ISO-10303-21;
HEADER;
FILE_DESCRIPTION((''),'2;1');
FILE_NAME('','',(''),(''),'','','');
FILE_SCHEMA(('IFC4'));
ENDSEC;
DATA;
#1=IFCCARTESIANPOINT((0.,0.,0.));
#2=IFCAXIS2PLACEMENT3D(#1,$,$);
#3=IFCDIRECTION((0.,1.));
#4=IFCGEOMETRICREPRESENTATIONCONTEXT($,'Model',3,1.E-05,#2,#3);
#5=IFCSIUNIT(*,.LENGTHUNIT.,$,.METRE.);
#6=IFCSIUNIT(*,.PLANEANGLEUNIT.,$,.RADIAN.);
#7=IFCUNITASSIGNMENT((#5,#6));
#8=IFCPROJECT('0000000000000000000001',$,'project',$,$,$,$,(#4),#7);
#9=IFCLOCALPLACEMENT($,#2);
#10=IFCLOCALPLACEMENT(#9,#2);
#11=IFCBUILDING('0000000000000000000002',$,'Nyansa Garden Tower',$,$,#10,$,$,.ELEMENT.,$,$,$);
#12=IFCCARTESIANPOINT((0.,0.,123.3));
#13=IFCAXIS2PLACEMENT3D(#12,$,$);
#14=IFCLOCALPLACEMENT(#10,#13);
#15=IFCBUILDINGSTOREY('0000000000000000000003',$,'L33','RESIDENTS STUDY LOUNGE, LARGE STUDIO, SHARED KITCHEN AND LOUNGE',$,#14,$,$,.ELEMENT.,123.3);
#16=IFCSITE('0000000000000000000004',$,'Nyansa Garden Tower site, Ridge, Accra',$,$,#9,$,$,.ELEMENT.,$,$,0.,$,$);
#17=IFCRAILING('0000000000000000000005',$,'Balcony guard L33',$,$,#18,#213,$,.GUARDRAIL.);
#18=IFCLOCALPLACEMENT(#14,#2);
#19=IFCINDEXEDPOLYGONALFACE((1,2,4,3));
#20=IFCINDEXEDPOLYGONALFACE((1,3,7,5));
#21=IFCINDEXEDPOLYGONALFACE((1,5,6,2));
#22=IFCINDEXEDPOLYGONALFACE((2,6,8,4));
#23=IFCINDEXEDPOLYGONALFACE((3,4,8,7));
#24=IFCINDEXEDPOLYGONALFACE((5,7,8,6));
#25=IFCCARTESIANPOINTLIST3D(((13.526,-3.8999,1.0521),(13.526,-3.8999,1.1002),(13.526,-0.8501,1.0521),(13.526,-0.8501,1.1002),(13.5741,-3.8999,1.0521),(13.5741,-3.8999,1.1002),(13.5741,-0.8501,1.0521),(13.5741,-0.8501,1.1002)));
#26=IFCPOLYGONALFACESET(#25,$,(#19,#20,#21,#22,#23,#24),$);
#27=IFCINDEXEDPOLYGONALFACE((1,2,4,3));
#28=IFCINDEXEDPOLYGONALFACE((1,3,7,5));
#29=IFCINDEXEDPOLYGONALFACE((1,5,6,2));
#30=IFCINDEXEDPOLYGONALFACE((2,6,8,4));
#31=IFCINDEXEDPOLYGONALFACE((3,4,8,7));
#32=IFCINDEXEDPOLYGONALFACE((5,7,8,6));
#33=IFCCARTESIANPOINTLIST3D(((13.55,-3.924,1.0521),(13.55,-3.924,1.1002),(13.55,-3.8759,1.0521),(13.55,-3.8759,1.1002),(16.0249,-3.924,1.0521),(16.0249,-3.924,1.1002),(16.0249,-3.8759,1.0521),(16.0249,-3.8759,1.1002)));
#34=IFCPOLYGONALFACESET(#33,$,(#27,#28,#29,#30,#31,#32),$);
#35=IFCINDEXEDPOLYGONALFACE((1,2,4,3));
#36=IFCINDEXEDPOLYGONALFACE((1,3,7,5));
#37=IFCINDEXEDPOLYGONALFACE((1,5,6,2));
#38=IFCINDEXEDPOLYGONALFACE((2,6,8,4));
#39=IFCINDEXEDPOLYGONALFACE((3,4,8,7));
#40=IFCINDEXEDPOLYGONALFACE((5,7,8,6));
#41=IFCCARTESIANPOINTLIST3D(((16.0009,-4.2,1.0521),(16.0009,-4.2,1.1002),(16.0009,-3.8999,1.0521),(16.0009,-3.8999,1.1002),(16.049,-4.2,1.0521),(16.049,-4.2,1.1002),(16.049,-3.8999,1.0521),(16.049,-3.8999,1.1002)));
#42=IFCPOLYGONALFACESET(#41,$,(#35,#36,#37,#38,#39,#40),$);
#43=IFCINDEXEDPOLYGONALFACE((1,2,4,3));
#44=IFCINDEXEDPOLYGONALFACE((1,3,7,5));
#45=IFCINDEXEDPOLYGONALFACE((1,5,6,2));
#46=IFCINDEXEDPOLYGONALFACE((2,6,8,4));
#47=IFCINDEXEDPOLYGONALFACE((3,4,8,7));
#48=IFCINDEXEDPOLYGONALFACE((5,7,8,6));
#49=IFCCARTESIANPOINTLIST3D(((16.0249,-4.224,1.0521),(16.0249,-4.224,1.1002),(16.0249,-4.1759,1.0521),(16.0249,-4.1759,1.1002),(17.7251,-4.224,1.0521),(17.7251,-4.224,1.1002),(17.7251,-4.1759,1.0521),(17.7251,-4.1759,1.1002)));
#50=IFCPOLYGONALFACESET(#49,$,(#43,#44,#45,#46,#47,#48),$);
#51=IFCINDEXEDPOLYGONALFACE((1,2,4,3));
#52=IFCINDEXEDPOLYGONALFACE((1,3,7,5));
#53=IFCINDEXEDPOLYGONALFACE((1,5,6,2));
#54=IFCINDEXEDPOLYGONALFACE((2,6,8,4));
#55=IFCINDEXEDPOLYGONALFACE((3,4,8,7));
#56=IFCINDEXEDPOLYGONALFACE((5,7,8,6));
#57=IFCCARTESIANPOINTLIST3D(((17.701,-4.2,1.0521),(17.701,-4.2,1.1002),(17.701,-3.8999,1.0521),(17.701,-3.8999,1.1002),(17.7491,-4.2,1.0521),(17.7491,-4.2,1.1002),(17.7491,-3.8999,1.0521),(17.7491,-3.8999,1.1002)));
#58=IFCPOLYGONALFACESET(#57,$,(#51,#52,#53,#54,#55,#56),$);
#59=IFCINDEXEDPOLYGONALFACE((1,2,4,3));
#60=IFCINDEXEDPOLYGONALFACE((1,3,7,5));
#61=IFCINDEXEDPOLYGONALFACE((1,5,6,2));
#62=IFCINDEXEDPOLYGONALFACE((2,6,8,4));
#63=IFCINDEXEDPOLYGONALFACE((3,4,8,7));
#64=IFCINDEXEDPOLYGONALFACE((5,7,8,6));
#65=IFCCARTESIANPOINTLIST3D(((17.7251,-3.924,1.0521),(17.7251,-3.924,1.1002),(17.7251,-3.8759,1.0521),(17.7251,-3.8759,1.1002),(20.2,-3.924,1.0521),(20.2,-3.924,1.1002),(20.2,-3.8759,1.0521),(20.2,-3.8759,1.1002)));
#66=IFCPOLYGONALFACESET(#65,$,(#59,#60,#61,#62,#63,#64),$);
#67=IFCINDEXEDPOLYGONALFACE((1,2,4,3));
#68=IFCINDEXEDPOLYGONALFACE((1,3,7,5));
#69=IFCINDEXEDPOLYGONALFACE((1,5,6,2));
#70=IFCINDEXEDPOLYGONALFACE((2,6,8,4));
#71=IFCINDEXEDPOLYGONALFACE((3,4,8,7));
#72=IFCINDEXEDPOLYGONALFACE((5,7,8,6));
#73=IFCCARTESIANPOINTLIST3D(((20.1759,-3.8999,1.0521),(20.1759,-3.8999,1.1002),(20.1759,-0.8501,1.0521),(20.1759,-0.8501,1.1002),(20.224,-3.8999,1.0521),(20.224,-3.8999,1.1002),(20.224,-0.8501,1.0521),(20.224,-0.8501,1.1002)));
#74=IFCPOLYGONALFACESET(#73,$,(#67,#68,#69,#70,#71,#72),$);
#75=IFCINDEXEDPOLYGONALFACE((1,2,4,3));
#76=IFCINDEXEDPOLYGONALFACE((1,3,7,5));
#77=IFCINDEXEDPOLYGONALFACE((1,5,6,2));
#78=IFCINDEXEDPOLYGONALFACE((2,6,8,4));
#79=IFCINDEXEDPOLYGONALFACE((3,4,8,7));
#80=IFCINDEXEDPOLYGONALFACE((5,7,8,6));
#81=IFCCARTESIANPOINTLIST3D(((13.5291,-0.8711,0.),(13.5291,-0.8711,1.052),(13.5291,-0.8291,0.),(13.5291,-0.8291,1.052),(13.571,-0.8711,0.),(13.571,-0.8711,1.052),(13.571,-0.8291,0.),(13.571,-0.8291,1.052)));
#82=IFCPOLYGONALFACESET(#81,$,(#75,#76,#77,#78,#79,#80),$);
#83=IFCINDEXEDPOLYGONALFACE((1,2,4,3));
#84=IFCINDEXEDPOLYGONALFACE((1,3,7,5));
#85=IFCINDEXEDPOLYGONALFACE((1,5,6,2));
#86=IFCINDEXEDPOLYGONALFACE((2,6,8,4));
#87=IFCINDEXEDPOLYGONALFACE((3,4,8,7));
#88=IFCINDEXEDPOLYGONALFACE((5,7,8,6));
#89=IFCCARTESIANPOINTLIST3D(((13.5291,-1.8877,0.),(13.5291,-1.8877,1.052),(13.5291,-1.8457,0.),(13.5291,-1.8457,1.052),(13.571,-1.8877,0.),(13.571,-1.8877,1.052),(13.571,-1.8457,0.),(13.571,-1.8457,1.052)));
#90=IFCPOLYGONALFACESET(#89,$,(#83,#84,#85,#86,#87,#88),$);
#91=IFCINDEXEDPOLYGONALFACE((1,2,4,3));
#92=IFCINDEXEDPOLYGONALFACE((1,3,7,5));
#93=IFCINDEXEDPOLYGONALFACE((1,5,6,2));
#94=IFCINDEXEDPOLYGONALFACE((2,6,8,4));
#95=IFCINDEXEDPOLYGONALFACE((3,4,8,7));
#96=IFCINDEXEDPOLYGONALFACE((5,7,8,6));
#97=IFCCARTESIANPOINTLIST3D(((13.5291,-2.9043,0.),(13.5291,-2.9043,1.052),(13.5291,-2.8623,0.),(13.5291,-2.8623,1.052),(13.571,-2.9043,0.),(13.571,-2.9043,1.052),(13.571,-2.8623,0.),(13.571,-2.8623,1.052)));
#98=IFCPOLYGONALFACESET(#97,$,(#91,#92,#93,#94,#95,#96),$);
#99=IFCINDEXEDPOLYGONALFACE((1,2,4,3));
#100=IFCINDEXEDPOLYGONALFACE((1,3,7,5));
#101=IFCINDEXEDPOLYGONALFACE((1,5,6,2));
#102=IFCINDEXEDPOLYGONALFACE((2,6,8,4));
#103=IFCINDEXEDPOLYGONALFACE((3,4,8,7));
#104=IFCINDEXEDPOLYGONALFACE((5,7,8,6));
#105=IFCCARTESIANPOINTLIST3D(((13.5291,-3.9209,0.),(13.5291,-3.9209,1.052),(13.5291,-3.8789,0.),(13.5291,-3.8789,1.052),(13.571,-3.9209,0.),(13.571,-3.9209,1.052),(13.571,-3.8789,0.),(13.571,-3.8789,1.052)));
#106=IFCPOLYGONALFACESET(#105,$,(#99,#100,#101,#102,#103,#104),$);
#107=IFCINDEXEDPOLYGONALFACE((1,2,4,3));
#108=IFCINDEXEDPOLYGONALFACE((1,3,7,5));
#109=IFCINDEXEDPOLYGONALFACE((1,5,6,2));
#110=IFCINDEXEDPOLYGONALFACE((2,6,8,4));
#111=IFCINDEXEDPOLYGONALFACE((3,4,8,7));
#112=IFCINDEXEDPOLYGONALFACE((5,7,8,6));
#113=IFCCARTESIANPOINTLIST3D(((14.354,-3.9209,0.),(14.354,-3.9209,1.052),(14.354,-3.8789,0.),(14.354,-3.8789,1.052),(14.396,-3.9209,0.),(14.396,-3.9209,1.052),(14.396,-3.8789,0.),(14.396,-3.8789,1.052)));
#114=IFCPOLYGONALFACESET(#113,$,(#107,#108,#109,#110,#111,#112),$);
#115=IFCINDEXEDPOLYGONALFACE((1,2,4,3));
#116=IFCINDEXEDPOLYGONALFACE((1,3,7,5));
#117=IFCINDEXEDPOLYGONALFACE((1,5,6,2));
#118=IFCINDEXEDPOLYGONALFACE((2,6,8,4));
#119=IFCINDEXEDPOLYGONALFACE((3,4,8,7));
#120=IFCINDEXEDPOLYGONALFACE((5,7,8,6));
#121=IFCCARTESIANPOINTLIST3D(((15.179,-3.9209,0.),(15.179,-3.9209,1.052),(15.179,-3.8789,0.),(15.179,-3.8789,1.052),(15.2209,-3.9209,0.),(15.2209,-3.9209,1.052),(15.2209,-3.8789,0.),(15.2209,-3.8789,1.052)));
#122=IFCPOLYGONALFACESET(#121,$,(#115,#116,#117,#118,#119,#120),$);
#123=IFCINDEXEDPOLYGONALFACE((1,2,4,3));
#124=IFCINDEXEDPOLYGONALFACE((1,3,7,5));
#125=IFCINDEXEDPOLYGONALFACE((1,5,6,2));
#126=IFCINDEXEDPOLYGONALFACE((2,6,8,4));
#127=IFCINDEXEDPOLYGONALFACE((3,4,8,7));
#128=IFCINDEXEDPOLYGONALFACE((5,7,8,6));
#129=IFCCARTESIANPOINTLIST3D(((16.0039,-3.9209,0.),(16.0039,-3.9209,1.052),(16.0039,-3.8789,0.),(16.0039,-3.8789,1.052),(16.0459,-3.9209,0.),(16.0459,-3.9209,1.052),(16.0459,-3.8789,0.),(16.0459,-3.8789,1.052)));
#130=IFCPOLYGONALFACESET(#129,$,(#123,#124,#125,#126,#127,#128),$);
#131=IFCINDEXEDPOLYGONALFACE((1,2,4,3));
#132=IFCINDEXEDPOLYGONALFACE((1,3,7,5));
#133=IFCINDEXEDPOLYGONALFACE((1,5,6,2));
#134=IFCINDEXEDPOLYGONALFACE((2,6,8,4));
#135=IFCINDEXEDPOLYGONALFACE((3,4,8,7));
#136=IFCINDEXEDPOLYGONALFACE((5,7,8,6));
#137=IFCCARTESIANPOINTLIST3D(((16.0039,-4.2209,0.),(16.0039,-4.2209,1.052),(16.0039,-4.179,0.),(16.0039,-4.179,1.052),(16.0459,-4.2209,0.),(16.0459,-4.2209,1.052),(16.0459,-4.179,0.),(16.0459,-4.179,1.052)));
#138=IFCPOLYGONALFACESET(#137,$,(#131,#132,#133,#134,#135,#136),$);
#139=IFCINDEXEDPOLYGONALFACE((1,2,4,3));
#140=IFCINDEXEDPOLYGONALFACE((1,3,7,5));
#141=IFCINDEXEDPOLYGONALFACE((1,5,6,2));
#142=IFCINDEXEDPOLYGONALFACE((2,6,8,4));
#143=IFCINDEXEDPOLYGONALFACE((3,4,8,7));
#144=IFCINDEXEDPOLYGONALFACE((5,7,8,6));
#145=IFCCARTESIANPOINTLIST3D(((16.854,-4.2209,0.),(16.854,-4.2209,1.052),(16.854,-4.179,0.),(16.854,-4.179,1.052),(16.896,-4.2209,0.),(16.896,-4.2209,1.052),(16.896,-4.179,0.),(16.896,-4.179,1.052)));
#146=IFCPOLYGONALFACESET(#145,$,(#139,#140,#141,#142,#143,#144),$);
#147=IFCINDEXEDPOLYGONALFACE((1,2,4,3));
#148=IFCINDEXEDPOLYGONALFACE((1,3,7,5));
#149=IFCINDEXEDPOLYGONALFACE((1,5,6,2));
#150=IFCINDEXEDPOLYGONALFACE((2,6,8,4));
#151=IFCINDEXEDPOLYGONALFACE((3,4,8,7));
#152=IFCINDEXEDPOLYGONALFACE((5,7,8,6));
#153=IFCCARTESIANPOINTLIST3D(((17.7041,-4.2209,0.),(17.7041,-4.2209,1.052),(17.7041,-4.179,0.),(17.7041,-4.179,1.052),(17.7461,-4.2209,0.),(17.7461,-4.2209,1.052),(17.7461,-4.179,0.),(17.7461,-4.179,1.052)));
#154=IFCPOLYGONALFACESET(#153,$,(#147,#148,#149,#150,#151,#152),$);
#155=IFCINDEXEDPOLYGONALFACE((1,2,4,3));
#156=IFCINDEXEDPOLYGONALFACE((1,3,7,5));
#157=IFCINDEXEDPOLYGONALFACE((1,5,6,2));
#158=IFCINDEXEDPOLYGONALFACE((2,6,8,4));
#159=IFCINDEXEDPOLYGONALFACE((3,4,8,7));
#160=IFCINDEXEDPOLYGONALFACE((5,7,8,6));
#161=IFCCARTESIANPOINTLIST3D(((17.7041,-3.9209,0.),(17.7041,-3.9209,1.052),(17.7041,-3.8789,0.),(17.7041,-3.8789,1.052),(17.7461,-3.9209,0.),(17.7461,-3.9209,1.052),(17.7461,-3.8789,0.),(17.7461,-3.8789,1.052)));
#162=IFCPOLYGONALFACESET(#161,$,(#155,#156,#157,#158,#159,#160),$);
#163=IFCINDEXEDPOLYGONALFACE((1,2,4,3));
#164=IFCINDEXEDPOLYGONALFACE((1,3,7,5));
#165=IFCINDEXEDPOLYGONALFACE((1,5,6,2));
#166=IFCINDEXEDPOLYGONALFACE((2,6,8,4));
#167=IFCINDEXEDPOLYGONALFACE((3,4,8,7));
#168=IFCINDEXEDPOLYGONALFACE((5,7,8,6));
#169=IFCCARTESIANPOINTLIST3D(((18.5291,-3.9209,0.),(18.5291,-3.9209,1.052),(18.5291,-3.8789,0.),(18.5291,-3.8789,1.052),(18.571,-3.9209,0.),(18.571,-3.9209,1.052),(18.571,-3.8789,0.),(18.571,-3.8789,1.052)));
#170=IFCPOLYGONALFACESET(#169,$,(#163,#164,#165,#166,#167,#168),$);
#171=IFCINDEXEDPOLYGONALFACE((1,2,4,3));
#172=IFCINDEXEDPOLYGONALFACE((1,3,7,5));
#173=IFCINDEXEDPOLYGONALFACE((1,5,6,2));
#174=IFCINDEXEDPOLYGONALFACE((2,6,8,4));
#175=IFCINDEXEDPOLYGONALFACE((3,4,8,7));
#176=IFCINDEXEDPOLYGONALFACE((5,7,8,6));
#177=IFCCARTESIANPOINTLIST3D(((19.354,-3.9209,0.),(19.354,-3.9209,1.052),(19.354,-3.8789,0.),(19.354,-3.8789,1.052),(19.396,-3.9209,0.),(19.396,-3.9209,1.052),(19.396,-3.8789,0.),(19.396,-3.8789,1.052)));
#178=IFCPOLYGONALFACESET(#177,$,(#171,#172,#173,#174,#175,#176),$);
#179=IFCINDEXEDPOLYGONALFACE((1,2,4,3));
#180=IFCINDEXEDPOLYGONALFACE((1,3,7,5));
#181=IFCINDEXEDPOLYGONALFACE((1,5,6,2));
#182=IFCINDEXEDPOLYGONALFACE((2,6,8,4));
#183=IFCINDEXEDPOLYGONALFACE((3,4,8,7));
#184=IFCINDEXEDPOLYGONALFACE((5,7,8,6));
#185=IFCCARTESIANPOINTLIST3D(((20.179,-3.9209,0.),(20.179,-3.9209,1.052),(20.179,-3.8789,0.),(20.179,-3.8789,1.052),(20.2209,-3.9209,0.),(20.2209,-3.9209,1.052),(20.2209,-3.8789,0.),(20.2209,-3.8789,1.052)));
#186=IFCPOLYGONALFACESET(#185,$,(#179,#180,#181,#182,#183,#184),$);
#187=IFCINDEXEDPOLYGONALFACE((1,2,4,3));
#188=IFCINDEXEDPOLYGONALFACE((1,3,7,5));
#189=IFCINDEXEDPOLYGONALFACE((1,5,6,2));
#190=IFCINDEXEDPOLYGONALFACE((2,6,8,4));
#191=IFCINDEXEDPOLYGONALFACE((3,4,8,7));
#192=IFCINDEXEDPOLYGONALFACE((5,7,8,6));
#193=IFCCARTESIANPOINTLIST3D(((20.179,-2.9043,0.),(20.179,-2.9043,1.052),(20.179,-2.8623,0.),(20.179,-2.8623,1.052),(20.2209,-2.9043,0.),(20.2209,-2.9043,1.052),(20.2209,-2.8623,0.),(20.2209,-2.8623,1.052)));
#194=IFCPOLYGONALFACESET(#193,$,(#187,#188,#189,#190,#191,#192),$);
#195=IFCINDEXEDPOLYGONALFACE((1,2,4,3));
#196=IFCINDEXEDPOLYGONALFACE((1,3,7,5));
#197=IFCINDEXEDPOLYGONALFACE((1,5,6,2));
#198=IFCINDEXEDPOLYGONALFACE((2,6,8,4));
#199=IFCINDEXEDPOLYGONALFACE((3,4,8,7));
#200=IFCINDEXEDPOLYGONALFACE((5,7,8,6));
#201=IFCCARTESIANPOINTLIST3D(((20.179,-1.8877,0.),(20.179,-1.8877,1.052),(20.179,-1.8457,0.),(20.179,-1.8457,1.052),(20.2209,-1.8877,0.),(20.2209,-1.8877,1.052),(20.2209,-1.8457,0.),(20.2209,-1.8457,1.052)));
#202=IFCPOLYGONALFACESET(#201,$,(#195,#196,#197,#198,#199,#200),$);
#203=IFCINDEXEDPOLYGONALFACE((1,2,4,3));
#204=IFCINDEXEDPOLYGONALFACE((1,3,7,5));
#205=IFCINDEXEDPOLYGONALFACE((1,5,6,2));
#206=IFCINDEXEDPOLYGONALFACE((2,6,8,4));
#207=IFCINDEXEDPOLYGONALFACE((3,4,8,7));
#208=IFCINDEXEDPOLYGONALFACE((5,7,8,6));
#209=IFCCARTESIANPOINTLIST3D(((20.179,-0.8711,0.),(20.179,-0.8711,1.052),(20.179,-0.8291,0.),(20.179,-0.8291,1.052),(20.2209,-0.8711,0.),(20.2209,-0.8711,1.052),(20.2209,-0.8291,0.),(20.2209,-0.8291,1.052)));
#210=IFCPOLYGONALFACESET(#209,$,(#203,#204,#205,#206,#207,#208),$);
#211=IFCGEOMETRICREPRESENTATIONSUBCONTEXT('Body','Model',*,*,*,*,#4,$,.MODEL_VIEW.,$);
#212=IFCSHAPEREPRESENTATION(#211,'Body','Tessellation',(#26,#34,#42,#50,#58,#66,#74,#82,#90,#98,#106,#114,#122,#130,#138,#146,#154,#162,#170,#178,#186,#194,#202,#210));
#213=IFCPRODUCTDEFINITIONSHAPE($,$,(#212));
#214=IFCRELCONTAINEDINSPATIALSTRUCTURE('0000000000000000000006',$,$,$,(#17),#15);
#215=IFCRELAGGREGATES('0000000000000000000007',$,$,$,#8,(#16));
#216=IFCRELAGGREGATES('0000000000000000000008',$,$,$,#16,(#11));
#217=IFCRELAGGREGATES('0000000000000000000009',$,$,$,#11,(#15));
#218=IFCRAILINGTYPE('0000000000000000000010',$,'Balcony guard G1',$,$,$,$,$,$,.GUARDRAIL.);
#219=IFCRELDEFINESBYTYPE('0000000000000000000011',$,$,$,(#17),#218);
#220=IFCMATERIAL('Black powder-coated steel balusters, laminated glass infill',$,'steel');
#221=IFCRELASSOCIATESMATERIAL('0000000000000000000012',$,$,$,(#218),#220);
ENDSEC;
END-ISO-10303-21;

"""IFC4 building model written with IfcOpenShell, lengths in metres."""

from ifc_helpers import new_model, si_unit, direction, frame, origin, origin_2d, place, context, subcontext, project, spatial, rectangle, extrude, material, type_object, element, save


model = new_model("IFC4")

# Units and contexts
model_context = context("Model", 3, precision=1e-05, world=origin(), true_north=direction((0.0, 1.0)))
body_context = subcontext(model_context, "Body", "Model", "MODEL_VIEW")
ifc_project = project(units=[si_unit("LENGTHUNIT", "METRE"), si_unit("PLANEANGLEUNIT", "RADIAN")], contexts=[model_context])

# Site, building, storey
site_placement = place(None, origin())
site = spatial("IfcSite", under=ifc_project, at=site_placement, Name="Nyansa Garden Tower site, Ridge, Accra", CompositionType="ELEMENT", RefElevation=0.0)
building_placement = place(site_placement, origin())
building = spatial("IfcBuilding", under=site, at=building_placement, Name="Nyansa Garden Tower", CompositionType="ELEMENT")
storey_placement = place(building_placement, frame((0.0, 0.0, 123.3)))
storey = spatial("IfcBuildingStorey", under=building, at=storey_placement, Name="L33", Description="RESIDENTS STUDY LOUNGE, LARGE STUDIO, SHARED KITCHEN AND LOUNGE", CompositionType="ELEMENT", Elevation=123.3)

# Railing
ifc_material_1 = material(Name="Black powder-coated steel balusters, laminated glass infill", Category="steel")
railing_type = type_object("IfcRailingType", Name="Balcony guard G1", PredefinedType="GUARDRAIL", material=ifc_material_1)
railing_placement = place(storey_placement, frame((13.55, -0.8501, 0.0)))
element("IfcRailing", 1, at=railing_placement, inside=storey, type_object=railing_type, Name="Balcony guard L33", PredefinedType="GUARDRAIL", context=body_context, shape_type="SweptSolid", body=[
    extrude(rectangle(XDim=0.0481, YDim=0.0481, at=origin_2d()), frame((0.0, 0.0, 1.0762), z_axis=(0.0, -1.0, 0.0), x_axis=(1.0, 0.0, 0.0)), (0.0, 0.0, 1.0), 3.0498),
    extrude(rectangle(XDim=0.0481, YDim=0.0481, at=origin_2d()), frame((0.0, -3.0498, 1.0762), z_axis=(1.0, 0.0, 0.0), x_axis=(0.0, 1.0, 0.0)), (0.0, 0.0, 1.0), 2.4749),
    extrude(rectangle(XDim=0.0481, YDim=0.0481, at=origin_2d()), frame((2.4749, -3.0498, 1.0762), z_axis=(0.0, -1.0, 0.0), x_axis=(1.0, 0.0, 0.0)), (0.0, 0.0, 1.0), 0.3),
    extrude(rectangle(XDim=0.0481, YDim=0.0481, at=origin_2d()), frame((2.4749, -3.3499, 1.0762), z_axis=(1.0, 0.0, 0.0), x_axis=(0.0, 1.0, 0.0)), (0.0, 0.0, 1.0), 1.7002),
    extrude(rectangle(XDim=0.0481, YDim=0.0481, at=origin_2d()), frame((4.175, -3.3499, 1.0762), z_axis=(0.0, 1.0, 0.0), x_axis=(-1.0, 0.0, 0.0)), (0.0, 0.0, 1.0), 0.3),
    extrude(rectangle(XDim=0.0481, YDim=0.0481, at=origin_2d()), frame((4.175, -3.0498, 1.0762), z_axis=(1.0, 0.0, 0.0), x_axis=(0.0, 1.0, 0.0)), (0.0, 0.0, 1.0), 2.4749),
    extrude(rectangle(XDim=0.0481, YDim=0.0481, at=origin_2d()), frame((6.6499, -3.0498, 1.0762), z_axis=(0.0, 1.0, 0.0), x_axis=(-1.0, 0.0, 0.0)), (0.0, 0.0, 1.0), 3.0498),
    extrude(rectangle(XDim=0.042, YDim=0.042, at=origin_2d()), origin(), (0.0, 0.0, 1.0), 1.052),
    extrude(rectangle(XDim=0.042, YDim=0.042, at=origin_2d()), frame((0.0, -1.0166, 0.0)), (0.0, 0.0, 1.0), 1.052),
    extrude(rectangle(XDim=0.042, YDim=0.042, at=origin_2d()), frame((0.0, -2.0332, 0.0)), (0.0, 0.0, 1.0), 1.052),
    extrude(rectangle(XDim=0.042, YDim=0.042, at=origin_2d()), frame((0.0, -3.0498, 0.0)), (0.0, 0.0, 1.0), 1.052),
    extrude(rectangle(XDim=0.042, YDim=0.042, at=origin_2d()), frame((0.825, -3.0498, 0.0)), (0.0, 0.0, 1.0), 1.052),
    extrude(rectangle(XDim=0.042, YDim=0.042, at=origin_2d()), frame((1.6499, -3.0498, 0.0)), (0.0, 0.0, 1.0), 1.052),
    extrude(rectangle(XDim=0.042, YDim=0.042, at=origin_2d()), frame((2.4749, -3.0498, 0.0)), (0.0, 0.0, 1.0), 1.052),
    extrude(rectangle(XDim=0.042, YDim=0.042, at=origin_2d()), frame((2.4749, -3.3499, 0.0)), (0.0, 0.0, 1.0), 1.052),
    extrude(rectangle(XDim=0.042, YDim=0.042, at=origin_2d()), frame((3.325, -3.3499, 0.0)), (0.0, 0.0, 1.0), 1.052),
    extrude(rectangle(XDim=0.042, YDim=0.042, at=origin_2d()), frame((4.175, -3.3499, 0.0)), (0.0, 0.0, 1.0), 1.052),
    extrude(rectangle(XDim=0.042, YDim=0.042, at=origin_2d()), frame((4.175, -3.0498, 0.0)), (0.0, 0.0, 1.0), 1.052),
    extrude(rectangle(XDim=0.042, YDim=0.042, at=origin_2d()), frame((5.0, -3.0498, 0.0)), (0.0, 0.0, 1.0), 1.052),
    extrude(rectangle(XDim=0.042, YDim=0.042, at=origin_2d()), frame((5.825, -3.0498, 0.0)), (0.0, 0.0, 1.0), 1.052),
    extrude(rectangle(XDim=0.042, YDim=0.042, at=origin_2d()), frame((6.6499, -3.0498, 0.0)), (0.0, 0.0, 1.0), 1.052),
    extrude(rectangle(XDim=0.042, YDim=0.042, at=origin_2d()), frame((6.6499, -2.0332, 0.0)), (0.0, 0.0, 1.0), 1.052),
    extrude(rectangle(XDim=0.042, YDim=0.042, at=origin_2d()), frame((6.6499, -1.0166, 0.0)), (0.0, 0.0, 1.0), 1.052),
    extrude(rectangle(XDim=0.042, YDim=0.042, at=origin_2d()), frame((6.6499, 0.0, 0.0)), (0.0, 0.0, 1.0), 1.052),
])

save(model, "model.ifc")
